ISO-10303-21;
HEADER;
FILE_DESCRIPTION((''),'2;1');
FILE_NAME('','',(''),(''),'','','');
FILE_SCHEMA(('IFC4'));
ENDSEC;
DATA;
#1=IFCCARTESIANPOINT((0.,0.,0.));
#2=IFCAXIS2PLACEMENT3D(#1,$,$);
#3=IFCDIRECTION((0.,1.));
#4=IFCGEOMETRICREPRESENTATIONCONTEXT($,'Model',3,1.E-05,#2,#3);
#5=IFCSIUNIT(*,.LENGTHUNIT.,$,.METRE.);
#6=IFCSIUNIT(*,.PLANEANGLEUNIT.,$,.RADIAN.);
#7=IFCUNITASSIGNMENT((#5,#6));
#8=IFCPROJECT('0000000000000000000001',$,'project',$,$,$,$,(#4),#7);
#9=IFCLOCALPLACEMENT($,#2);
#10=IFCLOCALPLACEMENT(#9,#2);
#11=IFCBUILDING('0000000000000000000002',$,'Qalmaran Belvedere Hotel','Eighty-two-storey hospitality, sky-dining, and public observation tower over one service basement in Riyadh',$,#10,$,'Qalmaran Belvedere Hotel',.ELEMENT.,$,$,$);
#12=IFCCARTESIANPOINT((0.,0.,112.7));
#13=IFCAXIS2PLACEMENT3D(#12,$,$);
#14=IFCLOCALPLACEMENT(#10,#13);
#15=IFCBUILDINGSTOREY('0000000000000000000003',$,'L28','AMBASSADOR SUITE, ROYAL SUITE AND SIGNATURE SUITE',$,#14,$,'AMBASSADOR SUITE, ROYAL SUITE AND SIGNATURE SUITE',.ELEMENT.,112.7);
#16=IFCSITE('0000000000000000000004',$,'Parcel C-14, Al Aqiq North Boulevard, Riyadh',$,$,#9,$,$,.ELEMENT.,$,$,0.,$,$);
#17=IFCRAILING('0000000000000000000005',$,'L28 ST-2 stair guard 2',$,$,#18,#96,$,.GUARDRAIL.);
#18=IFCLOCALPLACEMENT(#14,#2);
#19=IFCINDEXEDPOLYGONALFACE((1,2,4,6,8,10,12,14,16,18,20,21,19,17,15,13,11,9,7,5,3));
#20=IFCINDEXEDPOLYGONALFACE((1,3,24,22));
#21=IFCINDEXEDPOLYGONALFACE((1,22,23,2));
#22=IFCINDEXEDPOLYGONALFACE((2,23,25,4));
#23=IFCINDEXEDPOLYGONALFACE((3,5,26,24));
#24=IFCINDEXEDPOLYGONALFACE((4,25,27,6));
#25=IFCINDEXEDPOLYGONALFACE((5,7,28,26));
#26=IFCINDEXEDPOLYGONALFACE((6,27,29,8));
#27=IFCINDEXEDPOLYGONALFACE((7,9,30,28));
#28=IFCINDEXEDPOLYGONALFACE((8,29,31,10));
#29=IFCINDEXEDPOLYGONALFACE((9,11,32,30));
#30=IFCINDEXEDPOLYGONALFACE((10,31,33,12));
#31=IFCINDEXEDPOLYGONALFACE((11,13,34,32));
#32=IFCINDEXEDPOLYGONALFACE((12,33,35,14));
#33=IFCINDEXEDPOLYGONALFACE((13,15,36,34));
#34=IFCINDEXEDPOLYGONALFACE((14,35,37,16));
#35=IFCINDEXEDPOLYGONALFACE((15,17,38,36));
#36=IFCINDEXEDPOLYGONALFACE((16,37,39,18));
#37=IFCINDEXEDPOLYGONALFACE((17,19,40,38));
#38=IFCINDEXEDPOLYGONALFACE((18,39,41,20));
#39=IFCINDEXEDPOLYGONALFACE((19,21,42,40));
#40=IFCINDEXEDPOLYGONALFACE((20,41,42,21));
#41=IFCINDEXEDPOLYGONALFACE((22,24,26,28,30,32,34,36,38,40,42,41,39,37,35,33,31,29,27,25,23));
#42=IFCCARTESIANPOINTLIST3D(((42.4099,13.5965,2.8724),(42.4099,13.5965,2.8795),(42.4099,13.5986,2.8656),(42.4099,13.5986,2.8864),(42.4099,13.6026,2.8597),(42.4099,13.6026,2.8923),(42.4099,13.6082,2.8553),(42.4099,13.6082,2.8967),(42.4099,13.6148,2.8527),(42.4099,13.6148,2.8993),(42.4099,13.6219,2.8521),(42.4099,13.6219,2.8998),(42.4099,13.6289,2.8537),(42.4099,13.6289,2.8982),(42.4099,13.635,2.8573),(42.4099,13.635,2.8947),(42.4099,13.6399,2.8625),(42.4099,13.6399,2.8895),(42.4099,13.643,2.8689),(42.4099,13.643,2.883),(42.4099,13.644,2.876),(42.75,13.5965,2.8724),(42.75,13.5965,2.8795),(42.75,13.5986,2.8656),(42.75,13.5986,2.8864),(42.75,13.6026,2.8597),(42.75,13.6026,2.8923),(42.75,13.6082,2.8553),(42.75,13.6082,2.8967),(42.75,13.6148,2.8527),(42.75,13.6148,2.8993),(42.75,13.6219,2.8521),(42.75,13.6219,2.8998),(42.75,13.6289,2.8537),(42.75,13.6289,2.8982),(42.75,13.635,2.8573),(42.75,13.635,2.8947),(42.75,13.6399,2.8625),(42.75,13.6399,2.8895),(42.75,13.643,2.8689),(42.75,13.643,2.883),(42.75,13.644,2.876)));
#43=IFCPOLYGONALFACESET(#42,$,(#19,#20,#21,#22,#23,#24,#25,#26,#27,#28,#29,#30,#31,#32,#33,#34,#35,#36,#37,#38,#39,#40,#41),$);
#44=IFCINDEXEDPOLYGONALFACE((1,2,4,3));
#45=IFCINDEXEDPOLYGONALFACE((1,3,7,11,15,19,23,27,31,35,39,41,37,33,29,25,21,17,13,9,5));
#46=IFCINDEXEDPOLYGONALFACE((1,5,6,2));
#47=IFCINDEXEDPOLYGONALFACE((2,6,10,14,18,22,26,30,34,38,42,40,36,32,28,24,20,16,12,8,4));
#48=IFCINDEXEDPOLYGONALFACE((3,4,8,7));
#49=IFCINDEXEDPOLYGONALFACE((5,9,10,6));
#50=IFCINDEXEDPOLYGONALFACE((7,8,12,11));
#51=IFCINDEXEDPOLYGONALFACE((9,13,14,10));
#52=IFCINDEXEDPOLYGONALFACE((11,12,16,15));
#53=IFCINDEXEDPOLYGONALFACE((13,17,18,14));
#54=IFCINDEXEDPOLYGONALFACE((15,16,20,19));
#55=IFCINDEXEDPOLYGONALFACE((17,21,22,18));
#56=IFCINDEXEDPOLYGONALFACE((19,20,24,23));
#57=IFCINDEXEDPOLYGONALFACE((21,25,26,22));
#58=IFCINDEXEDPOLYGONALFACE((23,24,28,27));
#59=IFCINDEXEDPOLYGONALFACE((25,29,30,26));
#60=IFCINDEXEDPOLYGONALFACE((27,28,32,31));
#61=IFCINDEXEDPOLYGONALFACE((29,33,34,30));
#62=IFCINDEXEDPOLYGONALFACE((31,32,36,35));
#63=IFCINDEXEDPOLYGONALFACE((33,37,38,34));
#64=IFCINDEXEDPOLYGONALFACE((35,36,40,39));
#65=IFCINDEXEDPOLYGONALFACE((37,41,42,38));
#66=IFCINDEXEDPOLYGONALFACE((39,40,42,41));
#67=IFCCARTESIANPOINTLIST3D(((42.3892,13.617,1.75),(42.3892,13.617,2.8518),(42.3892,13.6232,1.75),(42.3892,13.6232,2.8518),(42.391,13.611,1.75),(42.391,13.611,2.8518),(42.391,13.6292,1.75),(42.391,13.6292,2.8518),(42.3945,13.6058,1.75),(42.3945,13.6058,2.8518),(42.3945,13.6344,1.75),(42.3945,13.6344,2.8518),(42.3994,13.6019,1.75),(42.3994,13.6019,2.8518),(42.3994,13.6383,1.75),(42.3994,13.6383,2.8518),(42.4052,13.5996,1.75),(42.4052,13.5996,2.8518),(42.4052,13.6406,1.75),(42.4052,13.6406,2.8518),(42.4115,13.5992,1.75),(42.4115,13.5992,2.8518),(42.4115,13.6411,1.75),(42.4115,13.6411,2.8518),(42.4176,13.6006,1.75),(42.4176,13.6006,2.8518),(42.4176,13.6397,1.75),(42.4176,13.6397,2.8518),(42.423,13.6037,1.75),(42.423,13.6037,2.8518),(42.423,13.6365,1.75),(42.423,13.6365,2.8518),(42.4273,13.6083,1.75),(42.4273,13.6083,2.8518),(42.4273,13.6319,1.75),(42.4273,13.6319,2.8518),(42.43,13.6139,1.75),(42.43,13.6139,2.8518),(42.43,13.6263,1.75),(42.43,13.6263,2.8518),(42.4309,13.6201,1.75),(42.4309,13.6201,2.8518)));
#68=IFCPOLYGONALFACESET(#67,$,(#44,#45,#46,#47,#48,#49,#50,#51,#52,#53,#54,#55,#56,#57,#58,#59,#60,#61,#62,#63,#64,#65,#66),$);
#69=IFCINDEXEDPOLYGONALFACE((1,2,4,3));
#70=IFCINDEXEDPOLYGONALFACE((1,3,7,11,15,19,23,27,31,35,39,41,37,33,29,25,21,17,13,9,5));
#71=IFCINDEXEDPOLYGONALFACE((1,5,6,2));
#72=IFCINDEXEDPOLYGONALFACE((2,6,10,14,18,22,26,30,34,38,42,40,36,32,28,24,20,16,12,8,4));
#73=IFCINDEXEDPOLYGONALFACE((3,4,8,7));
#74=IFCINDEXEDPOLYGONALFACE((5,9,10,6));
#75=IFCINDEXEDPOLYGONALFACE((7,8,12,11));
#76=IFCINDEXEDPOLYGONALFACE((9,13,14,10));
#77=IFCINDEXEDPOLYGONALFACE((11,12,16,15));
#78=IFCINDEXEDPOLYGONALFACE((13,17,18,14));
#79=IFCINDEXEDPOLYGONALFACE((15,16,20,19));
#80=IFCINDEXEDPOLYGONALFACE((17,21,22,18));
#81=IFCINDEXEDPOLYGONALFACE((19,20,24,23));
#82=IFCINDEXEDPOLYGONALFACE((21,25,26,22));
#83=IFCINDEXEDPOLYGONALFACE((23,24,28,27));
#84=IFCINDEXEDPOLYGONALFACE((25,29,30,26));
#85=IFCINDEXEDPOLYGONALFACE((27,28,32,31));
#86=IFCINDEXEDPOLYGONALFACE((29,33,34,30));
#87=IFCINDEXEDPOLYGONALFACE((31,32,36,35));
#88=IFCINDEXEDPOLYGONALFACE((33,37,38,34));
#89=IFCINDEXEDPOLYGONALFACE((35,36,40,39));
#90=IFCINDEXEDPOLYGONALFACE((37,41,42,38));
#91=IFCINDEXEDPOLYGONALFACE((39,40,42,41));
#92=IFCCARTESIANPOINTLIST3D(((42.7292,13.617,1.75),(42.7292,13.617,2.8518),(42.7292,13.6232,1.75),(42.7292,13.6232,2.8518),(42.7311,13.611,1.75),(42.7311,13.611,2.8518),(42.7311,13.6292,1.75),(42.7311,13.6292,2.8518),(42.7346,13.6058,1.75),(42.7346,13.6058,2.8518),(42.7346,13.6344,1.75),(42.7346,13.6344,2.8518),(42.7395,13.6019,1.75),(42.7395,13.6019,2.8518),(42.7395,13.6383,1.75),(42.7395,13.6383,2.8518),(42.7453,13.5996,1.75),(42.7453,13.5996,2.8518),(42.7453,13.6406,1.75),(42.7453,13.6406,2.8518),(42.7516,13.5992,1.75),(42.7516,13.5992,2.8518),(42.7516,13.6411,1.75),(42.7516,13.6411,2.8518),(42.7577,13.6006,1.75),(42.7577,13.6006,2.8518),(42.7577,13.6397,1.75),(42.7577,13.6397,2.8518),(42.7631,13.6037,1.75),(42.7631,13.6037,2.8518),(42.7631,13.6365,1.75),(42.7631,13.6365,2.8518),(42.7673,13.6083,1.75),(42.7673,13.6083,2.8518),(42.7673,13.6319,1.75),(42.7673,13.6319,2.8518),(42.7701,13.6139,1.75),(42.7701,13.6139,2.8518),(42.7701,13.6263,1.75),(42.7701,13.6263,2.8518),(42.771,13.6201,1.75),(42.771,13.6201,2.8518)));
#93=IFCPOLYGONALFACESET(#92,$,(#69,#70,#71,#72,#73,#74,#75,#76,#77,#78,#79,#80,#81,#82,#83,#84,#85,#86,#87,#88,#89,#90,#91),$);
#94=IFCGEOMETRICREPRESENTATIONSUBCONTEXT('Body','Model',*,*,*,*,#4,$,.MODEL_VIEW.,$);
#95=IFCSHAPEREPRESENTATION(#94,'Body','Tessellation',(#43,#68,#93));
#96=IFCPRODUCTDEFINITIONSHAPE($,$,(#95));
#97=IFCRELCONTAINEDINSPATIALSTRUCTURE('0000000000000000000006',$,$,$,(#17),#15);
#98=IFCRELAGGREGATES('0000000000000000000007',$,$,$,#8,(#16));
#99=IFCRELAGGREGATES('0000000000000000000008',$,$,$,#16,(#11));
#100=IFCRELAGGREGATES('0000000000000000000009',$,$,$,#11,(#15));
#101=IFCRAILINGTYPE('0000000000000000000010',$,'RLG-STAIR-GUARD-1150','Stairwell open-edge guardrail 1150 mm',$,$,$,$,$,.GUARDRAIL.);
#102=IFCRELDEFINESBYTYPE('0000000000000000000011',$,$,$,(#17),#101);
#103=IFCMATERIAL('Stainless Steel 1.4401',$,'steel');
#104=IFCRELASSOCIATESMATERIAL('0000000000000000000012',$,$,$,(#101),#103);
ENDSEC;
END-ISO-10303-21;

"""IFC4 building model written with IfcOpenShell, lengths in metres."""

from ifc_helpers import new_model, si_unit, direction, frame, origin, origin_2d, place, context, subcontext, project, spatial, circle, extrude, material, type_object, element, save


model = new_model("IFC4")

# Units and contexts
model_context = context("Model", 3, precision=1e-05, world=origin(), true_north=direction((0.0, 1.0)))
body_context = subcontext(model_context, "Body", "Model", "MODEL_VIEW")
ifc_project = project(units=[si_unit("LENGTHUNIT", "METRE"), si_unit("PLANEANGLEUNIT", "RADIAN")], contexts=[model_context])

# Site, building, storey
site_placement = place(None, origin())
site = spatial("IfcSite", under=ifc_project, at=site_placement, Name="Parcel C-14, Al Aqiq North Boulevard, Riyadh", CompositionType="ELEMENT", RefElevation=0.0)
building_placement = place(site_placement, origin())
building = spatial("IfcBuilding", under=site, at=building_placement, Name="Qalmaran Belvedere Hotel", Description="Eighty-two-storey hospitality, sky-dining, and public observation tower over one service basement in Riyadh", LongName="Qalmaran Belvedere Hotel", CompositionType="ELEMENT")
storey_placement = place(building_placement, frame((0.0, 0.0, 112.7)))
storey = spatial("IfcBuildingStorey", under=building, at=storey_placement, Name="L28", Description="AMBASSADOR SUITE, ROYAL SUITE AND SIGNATURE SUITE", LongName="AMBASSADOR SUITE, ROYAL SUITE AND SIGNATURE SUITE", CompositionType="ELEMENT", Elevation=112.7)

# Railing
ifc_material_1 = material(Name="Stainless Steel 1.4401", Category="steel")
railing_type = type_object("IfcRailingType", Name="RLG-STAIR-GUARD-1150", Description="Stairwell open-edge guardrail 1150 mm", PredefinedType="GUARDRAIL", material=ifc_material_1)
railing_placement = place(storey_placement, frame((42.4099, 13.6201, 1.75)))
element("IfcRailing", 1, at=railing_placement, inside=storey, type_object=railing_type, Name="L28 ST-2 stair guard 2", PredefinedType="GUARDRAIL", context=body_context, shape_type="SweptSolid", body=[
    extrude(circle(Radius=0.0239, at=origin_2d()), frame((0.0, 0.0, 1.126), z_axis=(1.0, 0.0, 0.0), x_axis=(0.0, 1.0, 0.0)), (0.0, 0.0, 1.0), 0.3401),
    extrude(circle(Radius=0.021, at=origin_2d()), origin(), (0.0, 0.0, 1.0), 1.1018),
    extrude(circle(Radius=0.021, at=origin_2d()), frame((0.3401, 0.0, 0.0)), (0.0, 0.0, 1.0), 1.1018),
])

save(model, "model.ifc")
